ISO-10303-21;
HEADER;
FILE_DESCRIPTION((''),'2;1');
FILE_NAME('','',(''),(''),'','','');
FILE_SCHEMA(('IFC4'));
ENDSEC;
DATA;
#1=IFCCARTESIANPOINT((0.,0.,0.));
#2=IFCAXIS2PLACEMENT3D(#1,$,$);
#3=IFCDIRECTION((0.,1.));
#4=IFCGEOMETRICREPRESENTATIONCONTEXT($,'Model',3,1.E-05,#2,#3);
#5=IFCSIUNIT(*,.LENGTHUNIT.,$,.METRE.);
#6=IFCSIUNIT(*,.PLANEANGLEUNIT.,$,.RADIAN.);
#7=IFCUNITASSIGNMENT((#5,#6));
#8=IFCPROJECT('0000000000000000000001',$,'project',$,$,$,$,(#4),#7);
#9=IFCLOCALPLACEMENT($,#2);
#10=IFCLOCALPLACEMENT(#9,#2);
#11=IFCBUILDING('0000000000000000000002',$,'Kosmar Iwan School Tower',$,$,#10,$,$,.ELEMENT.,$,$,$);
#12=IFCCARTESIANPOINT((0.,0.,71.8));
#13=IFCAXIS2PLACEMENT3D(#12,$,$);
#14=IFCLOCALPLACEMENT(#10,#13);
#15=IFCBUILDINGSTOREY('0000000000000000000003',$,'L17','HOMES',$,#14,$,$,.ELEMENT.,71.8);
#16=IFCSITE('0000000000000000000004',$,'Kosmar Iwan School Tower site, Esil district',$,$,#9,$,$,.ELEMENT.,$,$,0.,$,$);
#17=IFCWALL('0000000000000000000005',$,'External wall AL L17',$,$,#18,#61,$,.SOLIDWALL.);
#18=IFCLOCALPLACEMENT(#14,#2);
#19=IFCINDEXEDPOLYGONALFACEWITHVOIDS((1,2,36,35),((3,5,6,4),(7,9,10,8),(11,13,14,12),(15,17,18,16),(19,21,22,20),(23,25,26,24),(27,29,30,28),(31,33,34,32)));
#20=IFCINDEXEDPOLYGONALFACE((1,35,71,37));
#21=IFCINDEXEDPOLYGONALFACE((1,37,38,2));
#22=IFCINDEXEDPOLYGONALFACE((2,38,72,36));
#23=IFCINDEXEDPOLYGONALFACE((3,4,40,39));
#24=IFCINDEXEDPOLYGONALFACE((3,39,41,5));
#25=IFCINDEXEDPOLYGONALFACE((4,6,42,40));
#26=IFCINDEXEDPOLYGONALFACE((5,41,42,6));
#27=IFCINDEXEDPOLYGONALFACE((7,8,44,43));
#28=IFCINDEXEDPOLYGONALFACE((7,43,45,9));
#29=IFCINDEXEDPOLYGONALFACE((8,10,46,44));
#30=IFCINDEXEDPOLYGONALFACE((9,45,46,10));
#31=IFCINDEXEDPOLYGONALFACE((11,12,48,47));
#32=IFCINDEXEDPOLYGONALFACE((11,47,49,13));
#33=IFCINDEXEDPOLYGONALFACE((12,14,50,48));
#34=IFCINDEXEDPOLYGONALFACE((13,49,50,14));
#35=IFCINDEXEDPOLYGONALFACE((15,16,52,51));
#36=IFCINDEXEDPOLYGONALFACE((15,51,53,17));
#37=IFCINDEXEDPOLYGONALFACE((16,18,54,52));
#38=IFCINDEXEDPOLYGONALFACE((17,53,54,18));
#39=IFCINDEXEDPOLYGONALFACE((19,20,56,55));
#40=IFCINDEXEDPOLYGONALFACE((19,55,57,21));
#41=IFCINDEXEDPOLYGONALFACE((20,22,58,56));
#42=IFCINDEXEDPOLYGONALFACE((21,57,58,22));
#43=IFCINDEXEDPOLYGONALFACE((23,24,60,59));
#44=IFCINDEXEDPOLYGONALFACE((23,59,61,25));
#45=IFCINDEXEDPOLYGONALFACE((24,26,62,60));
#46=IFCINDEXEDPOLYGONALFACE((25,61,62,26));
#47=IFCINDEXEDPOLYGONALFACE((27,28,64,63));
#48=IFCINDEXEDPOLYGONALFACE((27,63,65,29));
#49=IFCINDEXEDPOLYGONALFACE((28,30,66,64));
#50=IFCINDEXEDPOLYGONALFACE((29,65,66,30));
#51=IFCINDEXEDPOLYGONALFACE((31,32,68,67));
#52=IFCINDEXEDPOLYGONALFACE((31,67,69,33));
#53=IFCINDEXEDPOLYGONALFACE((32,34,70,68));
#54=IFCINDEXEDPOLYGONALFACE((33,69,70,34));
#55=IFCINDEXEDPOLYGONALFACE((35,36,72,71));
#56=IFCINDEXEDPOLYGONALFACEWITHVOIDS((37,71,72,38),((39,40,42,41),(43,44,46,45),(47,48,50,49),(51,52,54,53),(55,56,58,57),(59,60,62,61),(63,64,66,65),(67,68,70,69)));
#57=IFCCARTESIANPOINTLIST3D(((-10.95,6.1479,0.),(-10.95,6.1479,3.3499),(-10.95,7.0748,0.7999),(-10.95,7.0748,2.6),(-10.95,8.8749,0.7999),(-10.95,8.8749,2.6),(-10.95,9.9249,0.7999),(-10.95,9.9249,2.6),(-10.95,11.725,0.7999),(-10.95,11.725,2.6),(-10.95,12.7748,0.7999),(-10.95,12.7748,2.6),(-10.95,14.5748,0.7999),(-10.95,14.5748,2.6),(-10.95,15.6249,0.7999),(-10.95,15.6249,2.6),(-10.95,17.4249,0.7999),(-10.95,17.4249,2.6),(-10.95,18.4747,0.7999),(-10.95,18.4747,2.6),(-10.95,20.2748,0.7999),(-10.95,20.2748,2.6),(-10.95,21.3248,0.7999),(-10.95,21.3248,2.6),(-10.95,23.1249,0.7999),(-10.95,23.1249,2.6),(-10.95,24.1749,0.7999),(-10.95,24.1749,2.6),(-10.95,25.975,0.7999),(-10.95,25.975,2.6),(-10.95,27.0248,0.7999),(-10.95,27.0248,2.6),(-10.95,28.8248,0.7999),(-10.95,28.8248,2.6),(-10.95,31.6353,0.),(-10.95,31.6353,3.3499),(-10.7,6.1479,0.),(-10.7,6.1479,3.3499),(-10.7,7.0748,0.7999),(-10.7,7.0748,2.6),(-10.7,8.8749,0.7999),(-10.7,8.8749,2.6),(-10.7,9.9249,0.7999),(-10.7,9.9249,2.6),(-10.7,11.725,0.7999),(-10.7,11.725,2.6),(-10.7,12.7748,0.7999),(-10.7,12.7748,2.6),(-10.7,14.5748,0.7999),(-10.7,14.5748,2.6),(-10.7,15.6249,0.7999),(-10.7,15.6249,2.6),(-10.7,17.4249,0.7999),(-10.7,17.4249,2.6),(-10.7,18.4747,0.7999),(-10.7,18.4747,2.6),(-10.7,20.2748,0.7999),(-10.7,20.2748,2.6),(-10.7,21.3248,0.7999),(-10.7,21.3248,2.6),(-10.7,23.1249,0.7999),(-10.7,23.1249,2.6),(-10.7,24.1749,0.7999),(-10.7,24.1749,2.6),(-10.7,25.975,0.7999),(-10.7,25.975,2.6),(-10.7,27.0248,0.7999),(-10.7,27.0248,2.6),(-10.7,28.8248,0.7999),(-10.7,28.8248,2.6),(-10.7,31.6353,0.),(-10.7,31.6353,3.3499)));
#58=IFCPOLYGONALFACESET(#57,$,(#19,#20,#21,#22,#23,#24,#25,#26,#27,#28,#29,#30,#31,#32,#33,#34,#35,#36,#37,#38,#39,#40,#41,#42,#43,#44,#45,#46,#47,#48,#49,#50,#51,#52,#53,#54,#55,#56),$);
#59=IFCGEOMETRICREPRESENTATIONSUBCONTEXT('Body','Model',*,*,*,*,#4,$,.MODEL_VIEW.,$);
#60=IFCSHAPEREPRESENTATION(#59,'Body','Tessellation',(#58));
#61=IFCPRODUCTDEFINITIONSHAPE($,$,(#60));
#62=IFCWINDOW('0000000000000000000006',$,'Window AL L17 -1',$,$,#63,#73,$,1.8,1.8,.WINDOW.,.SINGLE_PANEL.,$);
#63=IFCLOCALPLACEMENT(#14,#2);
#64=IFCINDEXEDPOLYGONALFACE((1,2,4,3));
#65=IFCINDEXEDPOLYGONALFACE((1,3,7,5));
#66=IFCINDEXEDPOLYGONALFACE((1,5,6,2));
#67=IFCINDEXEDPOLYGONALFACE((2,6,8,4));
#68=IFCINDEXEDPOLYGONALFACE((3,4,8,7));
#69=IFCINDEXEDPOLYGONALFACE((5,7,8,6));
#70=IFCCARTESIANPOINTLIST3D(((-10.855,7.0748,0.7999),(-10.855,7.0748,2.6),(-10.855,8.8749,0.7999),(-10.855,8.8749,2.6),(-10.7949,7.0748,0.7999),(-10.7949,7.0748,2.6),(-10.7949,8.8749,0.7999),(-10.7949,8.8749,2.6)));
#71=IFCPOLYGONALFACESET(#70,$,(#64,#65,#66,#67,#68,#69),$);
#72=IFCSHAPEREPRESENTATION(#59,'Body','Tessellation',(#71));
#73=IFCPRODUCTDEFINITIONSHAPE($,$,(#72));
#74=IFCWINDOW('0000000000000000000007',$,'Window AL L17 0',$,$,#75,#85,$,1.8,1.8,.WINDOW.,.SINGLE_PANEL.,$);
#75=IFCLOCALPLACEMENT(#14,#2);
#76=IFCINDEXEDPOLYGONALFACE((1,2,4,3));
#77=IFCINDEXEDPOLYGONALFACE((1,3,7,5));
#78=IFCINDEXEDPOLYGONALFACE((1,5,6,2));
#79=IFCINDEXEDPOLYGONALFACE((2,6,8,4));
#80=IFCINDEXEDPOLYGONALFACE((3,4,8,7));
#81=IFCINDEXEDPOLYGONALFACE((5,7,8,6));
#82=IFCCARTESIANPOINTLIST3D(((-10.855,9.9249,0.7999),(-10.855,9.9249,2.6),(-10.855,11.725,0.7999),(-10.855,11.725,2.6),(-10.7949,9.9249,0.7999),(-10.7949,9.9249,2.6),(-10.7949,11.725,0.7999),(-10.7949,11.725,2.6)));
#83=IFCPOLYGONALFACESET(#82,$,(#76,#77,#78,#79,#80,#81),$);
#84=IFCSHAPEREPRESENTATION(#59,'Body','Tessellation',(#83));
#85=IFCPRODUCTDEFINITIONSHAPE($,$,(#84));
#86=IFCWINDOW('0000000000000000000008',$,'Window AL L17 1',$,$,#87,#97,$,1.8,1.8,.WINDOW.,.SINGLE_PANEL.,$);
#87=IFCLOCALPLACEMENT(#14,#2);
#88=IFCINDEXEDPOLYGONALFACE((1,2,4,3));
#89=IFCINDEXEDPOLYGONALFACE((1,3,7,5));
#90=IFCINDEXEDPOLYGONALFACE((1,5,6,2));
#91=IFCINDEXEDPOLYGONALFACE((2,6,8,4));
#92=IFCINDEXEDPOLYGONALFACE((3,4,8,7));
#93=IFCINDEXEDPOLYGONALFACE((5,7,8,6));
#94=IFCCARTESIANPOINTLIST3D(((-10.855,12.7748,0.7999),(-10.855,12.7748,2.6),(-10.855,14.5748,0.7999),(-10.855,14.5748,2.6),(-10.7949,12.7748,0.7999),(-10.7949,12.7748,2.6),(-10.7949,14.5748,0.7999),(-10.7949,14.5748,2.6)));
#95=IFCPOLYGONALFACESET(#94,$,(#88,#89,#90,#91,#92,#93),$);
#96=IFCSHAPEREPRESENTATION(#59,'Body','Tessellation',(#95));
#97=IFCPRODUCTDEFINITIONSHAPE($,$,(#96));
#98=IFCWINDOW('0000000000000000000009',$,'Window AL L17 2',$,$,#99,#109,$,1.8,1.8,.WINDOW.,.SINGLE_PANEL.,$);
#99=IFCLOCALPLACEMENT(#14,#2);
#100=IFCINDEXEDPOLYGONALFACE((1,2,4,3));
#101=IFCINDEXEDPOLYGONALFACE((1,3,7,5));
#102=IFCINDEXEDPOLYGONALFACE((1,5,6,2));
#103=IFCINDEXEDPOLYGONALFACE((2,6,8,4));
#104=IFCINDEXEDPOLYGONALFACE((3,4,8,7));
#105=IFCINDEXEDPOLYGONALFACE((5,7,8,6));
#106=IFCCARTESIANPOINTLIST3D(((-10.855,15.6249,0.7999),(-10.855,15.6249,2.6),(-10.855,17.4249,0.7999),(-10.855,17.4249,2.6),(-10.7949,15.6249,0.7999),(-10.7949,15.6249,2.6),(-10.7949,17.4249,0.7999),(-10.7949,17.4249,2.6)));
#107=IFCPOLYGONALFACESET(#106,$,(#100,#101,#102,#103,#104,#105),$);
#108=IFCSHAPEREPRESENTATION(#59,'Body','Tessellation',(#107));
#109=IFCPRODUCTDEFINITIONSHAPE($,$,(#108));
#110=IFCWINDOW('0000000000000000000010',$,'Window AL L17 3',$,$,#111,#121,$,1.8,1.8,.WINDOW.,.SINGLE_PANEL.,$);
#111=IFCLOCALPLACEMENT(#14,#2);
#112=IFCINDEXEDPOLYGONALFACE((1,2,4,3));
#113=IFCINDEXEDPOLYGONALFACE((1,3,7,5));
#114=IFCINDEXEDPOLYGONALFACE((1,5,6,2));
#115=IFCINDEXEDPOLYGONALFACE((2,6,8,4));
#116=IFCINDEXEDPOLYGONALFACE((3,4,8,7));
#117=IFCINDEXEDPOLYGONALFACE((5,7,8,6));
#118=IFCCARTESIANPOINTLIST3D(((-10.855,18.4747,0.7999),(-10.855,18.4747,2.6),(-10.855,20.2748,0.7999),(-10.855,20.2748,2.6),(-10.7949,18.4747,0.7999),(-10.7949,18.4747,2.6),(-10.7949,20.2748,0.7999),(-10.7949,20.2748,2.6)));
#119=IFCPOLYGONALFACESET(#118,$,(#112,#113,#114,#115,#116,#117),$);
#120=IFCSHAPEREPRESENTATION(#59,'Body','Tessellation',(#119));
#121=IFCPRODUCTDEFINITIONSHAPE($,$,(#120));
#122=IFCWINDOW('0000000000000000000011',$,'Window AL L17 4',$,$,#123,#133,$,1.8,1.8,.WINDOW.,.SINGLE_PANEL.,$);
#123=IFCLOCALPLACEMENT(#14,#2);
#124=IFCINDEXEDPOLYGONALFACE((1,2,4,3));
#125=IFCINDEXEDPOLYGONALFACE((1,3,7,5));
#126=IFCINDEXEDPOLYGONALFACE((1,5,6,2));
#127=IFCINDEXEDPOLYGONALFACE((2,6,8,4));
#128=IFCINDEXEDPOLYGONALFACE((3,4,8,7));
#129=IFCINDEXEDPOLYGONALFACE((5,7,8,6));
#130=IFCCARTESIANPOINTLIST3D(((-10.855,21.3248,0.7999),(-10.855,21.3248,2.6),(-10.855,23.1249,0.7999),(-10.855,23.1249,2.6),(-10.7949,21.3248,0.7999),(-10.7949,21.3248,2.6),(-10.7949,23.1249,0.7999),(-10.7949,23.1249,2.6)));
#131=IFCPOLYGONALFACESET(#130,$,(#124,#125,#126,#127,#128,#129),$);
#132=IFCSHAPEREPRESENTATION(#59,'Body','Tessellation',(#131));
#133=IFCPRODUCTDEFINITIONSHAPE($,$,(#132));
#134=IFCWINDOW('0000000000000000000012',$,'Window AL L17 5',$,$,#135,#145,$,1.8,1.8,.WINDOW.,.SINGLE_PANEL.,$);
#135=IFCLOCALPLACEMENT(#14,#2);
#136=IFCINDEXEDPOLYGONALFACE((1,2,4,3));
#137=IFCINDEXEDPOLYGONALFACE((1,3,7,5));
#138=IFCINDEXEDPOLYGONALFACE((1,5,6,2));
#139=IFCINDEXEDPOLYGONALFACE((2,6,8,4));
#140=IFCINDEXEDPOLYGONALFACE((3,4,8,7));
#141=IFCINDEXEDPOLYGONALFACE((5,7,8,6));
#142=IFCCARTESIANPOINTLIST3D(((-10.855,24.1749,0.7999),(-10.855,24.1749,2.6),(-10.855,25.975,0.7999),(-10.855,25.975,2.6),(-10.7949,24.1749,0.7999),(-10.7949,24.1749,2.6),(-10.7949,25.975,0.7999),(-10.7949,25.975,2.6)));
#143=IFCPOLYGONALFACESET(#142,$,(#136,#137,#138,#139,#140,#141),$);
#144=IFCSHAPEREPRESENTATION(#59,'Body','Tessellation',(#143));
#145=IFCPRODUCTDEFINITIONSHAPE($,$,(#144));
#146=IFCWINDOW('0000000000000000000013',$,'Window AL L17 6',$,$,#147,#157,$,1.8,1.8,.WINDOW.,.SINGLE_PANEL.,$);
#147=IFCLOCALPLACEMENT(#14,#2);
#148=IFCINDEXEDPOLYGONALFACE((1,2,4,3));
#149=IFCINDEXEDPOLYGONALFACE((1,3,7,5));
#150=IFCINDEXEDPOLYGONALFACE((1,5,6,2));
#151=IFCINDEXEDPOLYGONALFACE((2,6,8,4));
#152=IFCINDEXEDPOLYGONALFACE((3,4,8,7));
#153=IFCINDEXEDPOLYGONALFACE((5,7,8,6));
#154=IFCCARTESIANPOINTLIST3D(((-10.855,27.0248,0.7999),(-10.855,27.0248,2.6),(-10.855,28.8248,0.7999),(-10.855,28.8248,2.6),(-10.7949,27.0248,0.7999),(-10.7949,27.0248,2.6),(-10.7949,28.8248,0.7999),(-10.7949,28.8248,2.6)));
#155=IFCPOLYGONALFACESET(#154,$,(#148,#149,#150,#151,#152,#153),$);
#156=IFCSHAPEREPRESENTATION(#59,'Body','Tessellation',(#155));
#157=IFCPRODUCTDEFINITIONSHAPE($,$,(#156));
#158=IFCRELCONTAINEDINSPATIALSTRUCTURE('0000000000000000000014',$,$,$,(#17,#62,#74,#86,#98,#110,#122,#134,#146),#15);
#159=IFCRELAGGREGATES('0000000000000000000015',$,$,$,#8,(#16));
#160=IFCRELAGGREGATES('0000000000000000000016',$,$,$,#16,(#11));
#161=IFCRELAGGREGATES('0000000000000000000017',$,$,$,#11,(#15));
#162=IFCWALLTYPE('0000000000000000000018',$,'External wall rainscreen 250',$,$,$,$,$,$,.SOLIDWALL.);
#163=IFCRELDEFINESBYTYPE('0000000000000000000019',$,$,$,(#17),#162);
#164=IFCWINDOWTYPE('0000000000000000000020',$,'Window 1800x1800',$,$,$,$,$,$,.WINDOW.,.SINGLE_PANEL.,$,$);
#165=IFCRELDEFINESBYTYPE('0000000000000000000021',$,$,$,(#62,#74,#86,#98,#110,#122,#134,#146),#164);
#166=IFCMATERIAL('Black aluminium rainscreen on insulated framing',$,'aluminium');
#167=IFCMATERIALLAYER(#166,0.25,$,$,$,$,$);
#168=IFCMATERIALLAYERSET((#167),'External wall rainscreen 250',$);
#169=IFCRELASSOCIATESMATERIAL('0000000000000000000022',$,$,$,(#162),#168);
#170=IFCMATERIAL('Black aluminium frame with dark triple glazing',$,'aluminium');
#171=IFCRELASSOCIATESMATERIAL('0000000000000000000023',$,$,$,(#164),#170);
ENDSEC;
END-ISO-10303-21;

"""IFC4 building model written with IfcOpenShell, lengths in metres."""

from ifc_helpers import new_model, si_unit, direction, frame, frame_2d, origin, place, context, subcontext, project, spatial, rectangle, extrude, material, layer, layer_set, type_object, element, fill, save


model = new_model("IFC4")

# Units and contexts
model_context = context("Model", 3, precision=1e-05, world=origin(), true_north=direction((0.0, 1.0)))
body_context = subcontext(model_context, "Body", "Model", "MODEL_VIEW")
ifc_project = project(units=[si_unit("LENGTHUNIT", "METRE"), si_unit("PLANEANGLEUNIT", "RADIAN")], contexts=[model_context])

# Site, building, storey
site_placement = place(None, origin())
site = spatial("IfcSite", under=ifc_project, at=site_placement, Name="Kosmar Iwan School Tower site, Esil district", CompositionType="ELEMENT", RefElevation=0.0)
building_placement = place(site_placement, origin())
building = spatial("IfcBuilding", under=site, at=building_placement, Name="Kosmar Iwan School Tower", CompositionType="ELEMENT")
storey_placement = place(building_placement, frame((0.0, 0.0, 71.8)))
storey = spatial("IfcBuildingStorey", under=building, at=storey_placement, Name="L17", Description="HOMES", CompositionType="ELEMENT", Elevation=71.8)

# Wall, openings, windows
ifc_material_1 = material(Name="Black aluminium rainscreen on insulated framing", Category="aluminium")
ifc_layer = layer(ifc_material_1, 0.25)
ifc_layer_set = layer_set([ifc_layer], Name="External wall rainscreen 250")
wall_type = type_object("IfcWallType", Name="External wall rainscreen 250", PredefinedType="SOLIDWALL", material=ifc_layer_set)
wall_1_placement = place(storey_placement, frame((-10.825, 6.1479, 0.0), z_axis=(0.0, 0.0, 1.0), x_axis=(0.0, 1.0, 0.0)))
wall_1 = element("IfcWall", 1, at=wall_1_placement, inside=storey, type_object=wall_type, Name="External wall AL L17", PredefinedType="SOLIDWALL", context=body_context, shape_type="SweptSolid", body=[
    extrude(rectangle(XDim=25.4873, YDim=0.25, at=frame_2d((12.7437, 0.0))), origin(), (0.0, 0.0, 1.0), 3.3499),
])
opening_1_placement = place(wall_1_placement, frame((0.927, 0.0, 0.8)))
opening_1 = element("IfcOpeningElement", 2, at=opening_1_placement, cuts=wall_1, PredefinedType="OPENING", context=body_context, shape_type="SweptSolid", body=[
    extrude(rectangle(XDim=1.8, YDim=1.8, at=frame_2d((0.8999, 0.8999))), frame((0.0, 0.137, 0.0), z_axis=(0.0, -1.0, 0.0), x_axis=(1.0, 0.0, 0.0)), (0.0, 0.0, 1.0), 0.2739),
])
opening_2_placement = place(wall_1_placement, frame((3.7771, 0.0, 0.8)))
opening_2 = element("IfcOpeningElement", 3, at=opening_2_placement, cuts=wall_1, PredefinedType="OPENING", context=body_context, shape_type="SweptSolid", body=[
    extrude(rectangle(XDim=1.8, YDim=1.8, at=frame_2d((0.8999, 0.8999))), frame((0.0, 0.137, 0.0), z_axis=(0.0, -1.0, 0.0), x_axis=(1.0, 0.0, 0.0)), (0.0, 0.0, 1.0), 0.2739),
])
opening_3_placement = place(wall_1_placement, frame((6.627, 0.0, 0.8)))
opening_3 = element("IfcOpeningElement", 4, at=opening_3_placement, cuts=wall_1, PredefinedType="OPENING", context=body_context, shape_type="SweptSolid", body=[
    extrude(rectangle(XDim=1.8, YDim=1.8, at=frame_2d((0.8999, 0.8999))), frame((0.0, 0.137, 0.0), z_axis=(0.0, -1.0, 0.0), x_axis=(1.0, 0.0, 0.0)), (0.0, 0.0, 1.0), 0.2739),
])
opening_4_placement = place(wall_1_placement, frame((9.4771, 0.0, 0.8)))
opening_4 = element("IfcOpeningElement", 5, at=opening_4_placement, cuts=wall_1, PredefinedType="OPENING", context=body_context, shape_type="SweptSolid", body=[
    extrude(rectangle(XDim=1.8, YDim=1.8, at=frame_2d((0.8999, 0.8999))), frame((0.0, 0.137, 0.0), z_axis=(0.0, -1.0, 0.0), x_axis=(1.0, 0.0, 0.0)), (0.0, 0.0, 1.0), 0.2739),
])
opening_5_placement = place(wall_1_placement, frame((12.3269, 0.0, 0.8)))
opening_5 = element("IfcOpeningElement", 6, at=opening_5_placement, cuts=wall_1, PredefinedType="OPENING", context=body_context, shape_type="SweptSolid", body=[
    extrude(rectangle(XDim=1.8, YDim=1.8, at=frame_2d((0.8999, 0.8999))), frame((0.0, 0.137, 0.0), z_axis=(0.0, -1.0, 0.0), x_axis=(1.0, 0.0, 0.0)), (0.0, 0.0, 1.0), 0.2739),
])
opening_6_placement = place(wall_1_placement, frame((15.177, 0.0, 0.8)))
opening_6 = element("IfcOpeningElement", 7, at=opening_6_placement, cuts=wall_1, PredefinedType="OPENING", context=body_context, shape_type="SweptSolid", body=[
    extrude(rectangle(XDim=1.8, YDim=1.8, at=frame_2d((0.8999, 0.8999))), frame((0.0, 0.137, 0.0), z_axis=(0.0, -1.0, 0.0), x_axis=(1.0, 0.0, 0.0)), (0.0, 0.0, 1.0), 0.2739),
])
opening_7_placement = place(wall_1_placement, frame((18.0271, 0.0, 0.8)))
opening_7 = element("IfcOpeningElement", 8, at=opening_7_placement, cuts=wall_1, PredefinedType="OPENING", context=body_context, shape_type="SweptSolid", body=[
    extrude(rectangle(XDim=1.8, YDim=1.8, at=frame_2d((0.8999, 0.8999))), frame((0.0, 0.137, 0.0), z_axis=(0.0, -1.0, 0.0), x_axis=(1.0, 0.0, 0.0)), (0.0, 0.0, 1.0), 0.2739),
])
opening_8_placement = place(wall_1_placement, frame((20.877, 0.0, 0.8)))
opening_8 = element("IfcOpeningElement", 9, at=opening_8_placement, cuts=wall_1, PredefinedType="OPENING", context=body_context, shape_type="SweptSolid", body=[
    extrude(rectangle(XDim=1.8, YDim=1.8, at=frame_2d((0.8999, 0.8999))), frame((0.0, 0.137, 0.0), z_axis=(0.0, -1.0, 0.0), x_axis=(1.0, 0.0, 0.0)), (0.0, 0.0, 1.0), 0.2739),
])
ifc_material_2 = material(Name="Black aluminium frame with dark triple glazing", Category="aluminium")
window_type = type_object("IfcWindowType", Name="Window 1800x1800", PartitioningType="SINGLE_PANEL", PredefinedType="WINDOW", material=ifc_material_2)
window_1_placement = place(opening_1_placement, origin())
window_1 = element("IfcWindow", 10, at=window_1_placement, inside=storey, type_object=window_type, Name="Window AL L17 -1", OverallHeight=1.8, OverallWidth=1.8, PartitioningType="SINGLE_PANEL", PredefinedType="WINDOW", context=body_context, shape_type="SweptSolid", body=[
    extrude(rectangle(XDim=1.8, YDim=1.8, at=frame_2d((0.8999, 0.8999))), frame((0.0, 0.03, 0.0), z_axis=(0.0, -1.0, 0.0), x_axis=(1.0, 0.0, 0.0)), (0.0, 0.0, 1.0), 0.0601),
])
fill(opening_1, window_1)
window_2_placement = place(opening_2_placement, origin())
window_2 = element("IfcWindow", 11, at=window_2_placement, inside=storey, type_object=window_type, Name="Window AL L17 0", OverallHeight=1.8, OverallWidth=1.8, PartitioningType="SINGLE_PANEL", PredefinedType="WINDOW", context=body_context, shape_type="SweptSolid", body=[
    extrude(rectangle(XDim=1.8, YDim=1.8, at=frame_2d((0.8999, 0.8999))), frame((0.0, 0.03, 0.0), z_axis=(0.0, -1.0, 0.0), x_axis=(1.0, 0.0, 0.0)), (0.0, 0.0, 1.0), 0.0601),
])
fill(opening_2, window_2)
window_3_placement = place(opening_3_placement, origin())
window_3 = element("IfcWindow", 12, at=window_3_placement, inside=storey, type_object=window_type, Name="Window AL L17 1", OverallHeight=1.8, OverallWidth=1.8, PartitioningType="SINGLE_PANEL", PredefinedType="WINDOW", context=body_context, shape_type="SweptSolid", body=[
    extrude(rectangle(XDim=1.8, YDim=1.8, at=frame_2d((0.8999, 0.8999))), frame((0.0, 0.03, 0.0), z_axis=(0.0, -1.0, 0.0), x_axis=(1.0, 0.0, 0.0)), (0.0, 0.0, 1.0), 0.0601),
])
fill(opening_3, window_3)
window_4_placement = place(opening_4_placement, origin())
window_4 = element("IfcWindow", 13, at=window_4_placement, inside=storey, type_object=window_type, Name="Window AL L17 2", OverallHeight=1.8, OverallWidth=1.8, PartitioningType="SINGLE_PANEL", PredefinedType="WINDOW", context=body_context, shape_type="SweptSolid", body=[
    extrude(rectangle(XDim=1.8, YDim=1.8, at=frame_2d((0.8999, 0.8999))), frame((0.0, 0.03, 0.0), z_axis=(0.0, -1.0, 0.0), x_axis=(1.0, 0.0, 0.0)), (0.0, 0.0, 1.0), 0.0601),
])
fill(opening_4, window_4)
window_5_placement = place(opening_5_placement, origin())
window_5 = element("IfcWindow", 14, at=window_5_placement, inside=storey, type_object=window_type, Name="Window AL L17 3", OverallHeight=1.8, OverallWidth=1.8, PartitioningType="SINGLE_PANEL", PredefinedType="WINDOW", context=body_context, shape_type="SweptSolid", body=[
    extrude(rectangle(XDim=1.8, YDim=1.8, at=frame_2d((0.8999, 0.8999))), frame((0.0, 0.03, 0.0), z_axis=(0.0, -1.0, 0.0), x_axis=(1.0, 0.0, 0.0)), (0.0, 0.0, 1.0), 0.0601),
])
fill(opening_5, window_5)
window_6_placement = place(opening_6_placement, origin())
window_6 = element("IfcWindow", 15, at=window_6_placement, inside=storey, type_object=window_type, Name="Window AL L17 4", OverallHeight=1.8, OverallWidth=1.8, PartitioningType="SINGLE_PANEL", PredefinedType="WINDOW", context=body_context, shape_type="SweptSolid", body=[
    extrude(rectangle(XDim=1.8, YDim=1.8, at=frame_2d((0.8999, 0.8999))), frame((0.0, 0.03, 0.0), z_axis=(0.0, -1.0, 0.0), x_axis=(1.0, 0.0, 0.0)), (0.0, 0.0, 1.0), 0.0601),
])
fill(opening_6, window_6)
window_7_placement = place(opening_7_placement, origin())
window_7 = element("IfcWindow", 16, at=window_7_placement, inside=storey, type_object=window_type, Name="Window AL L17 5", OverallHeight=1.8, OverallWidth=1.8, PartitioningType="SINGLE_PANEL", PredefinedType="WINDOW", context=body_context, shape_type="SweptSolid", body=[
    extrude(rectangle(XDim=1.8, YDim=1.8, at=frame_2d((0.8999, 0.8999))), frame((0.0, 0.03, 0.0), z_axis=(0.0, -1.0, 0.0), x_axis=(1.0, 0.0, 0.0)), (0.0, 0.0, 1.0), 0.0601),
])
fill(opening_7, window_7)
window_8_placement = place(opening_8_placement, origin())
window_8 = element("IfcWindow", 17, at=window_8_placement, inside=storey, type_object=window_type, Name="Window AL L17 6", OverallHeight=1.8, OverallWidth=1.8, PartitioningType="SINGLE_PANEL", PredefinedType="WINDOW", context=body_context, shape_type="SweptSolid", body=[
    extrude(rectangle(XDim=1.8, YDim=1.8, at=frame_2d((0.8999, 0.8999))), frame((0.0, 0.03, 0.0), z_axis=(0.0, -1.0, 0.0), x_axis=(1.0, 0.0, 0.0)), (0.0, 0.0, 1.0), 0.0601),
])
fill(opening_8, window_8)

save(model, "model.ifc")
